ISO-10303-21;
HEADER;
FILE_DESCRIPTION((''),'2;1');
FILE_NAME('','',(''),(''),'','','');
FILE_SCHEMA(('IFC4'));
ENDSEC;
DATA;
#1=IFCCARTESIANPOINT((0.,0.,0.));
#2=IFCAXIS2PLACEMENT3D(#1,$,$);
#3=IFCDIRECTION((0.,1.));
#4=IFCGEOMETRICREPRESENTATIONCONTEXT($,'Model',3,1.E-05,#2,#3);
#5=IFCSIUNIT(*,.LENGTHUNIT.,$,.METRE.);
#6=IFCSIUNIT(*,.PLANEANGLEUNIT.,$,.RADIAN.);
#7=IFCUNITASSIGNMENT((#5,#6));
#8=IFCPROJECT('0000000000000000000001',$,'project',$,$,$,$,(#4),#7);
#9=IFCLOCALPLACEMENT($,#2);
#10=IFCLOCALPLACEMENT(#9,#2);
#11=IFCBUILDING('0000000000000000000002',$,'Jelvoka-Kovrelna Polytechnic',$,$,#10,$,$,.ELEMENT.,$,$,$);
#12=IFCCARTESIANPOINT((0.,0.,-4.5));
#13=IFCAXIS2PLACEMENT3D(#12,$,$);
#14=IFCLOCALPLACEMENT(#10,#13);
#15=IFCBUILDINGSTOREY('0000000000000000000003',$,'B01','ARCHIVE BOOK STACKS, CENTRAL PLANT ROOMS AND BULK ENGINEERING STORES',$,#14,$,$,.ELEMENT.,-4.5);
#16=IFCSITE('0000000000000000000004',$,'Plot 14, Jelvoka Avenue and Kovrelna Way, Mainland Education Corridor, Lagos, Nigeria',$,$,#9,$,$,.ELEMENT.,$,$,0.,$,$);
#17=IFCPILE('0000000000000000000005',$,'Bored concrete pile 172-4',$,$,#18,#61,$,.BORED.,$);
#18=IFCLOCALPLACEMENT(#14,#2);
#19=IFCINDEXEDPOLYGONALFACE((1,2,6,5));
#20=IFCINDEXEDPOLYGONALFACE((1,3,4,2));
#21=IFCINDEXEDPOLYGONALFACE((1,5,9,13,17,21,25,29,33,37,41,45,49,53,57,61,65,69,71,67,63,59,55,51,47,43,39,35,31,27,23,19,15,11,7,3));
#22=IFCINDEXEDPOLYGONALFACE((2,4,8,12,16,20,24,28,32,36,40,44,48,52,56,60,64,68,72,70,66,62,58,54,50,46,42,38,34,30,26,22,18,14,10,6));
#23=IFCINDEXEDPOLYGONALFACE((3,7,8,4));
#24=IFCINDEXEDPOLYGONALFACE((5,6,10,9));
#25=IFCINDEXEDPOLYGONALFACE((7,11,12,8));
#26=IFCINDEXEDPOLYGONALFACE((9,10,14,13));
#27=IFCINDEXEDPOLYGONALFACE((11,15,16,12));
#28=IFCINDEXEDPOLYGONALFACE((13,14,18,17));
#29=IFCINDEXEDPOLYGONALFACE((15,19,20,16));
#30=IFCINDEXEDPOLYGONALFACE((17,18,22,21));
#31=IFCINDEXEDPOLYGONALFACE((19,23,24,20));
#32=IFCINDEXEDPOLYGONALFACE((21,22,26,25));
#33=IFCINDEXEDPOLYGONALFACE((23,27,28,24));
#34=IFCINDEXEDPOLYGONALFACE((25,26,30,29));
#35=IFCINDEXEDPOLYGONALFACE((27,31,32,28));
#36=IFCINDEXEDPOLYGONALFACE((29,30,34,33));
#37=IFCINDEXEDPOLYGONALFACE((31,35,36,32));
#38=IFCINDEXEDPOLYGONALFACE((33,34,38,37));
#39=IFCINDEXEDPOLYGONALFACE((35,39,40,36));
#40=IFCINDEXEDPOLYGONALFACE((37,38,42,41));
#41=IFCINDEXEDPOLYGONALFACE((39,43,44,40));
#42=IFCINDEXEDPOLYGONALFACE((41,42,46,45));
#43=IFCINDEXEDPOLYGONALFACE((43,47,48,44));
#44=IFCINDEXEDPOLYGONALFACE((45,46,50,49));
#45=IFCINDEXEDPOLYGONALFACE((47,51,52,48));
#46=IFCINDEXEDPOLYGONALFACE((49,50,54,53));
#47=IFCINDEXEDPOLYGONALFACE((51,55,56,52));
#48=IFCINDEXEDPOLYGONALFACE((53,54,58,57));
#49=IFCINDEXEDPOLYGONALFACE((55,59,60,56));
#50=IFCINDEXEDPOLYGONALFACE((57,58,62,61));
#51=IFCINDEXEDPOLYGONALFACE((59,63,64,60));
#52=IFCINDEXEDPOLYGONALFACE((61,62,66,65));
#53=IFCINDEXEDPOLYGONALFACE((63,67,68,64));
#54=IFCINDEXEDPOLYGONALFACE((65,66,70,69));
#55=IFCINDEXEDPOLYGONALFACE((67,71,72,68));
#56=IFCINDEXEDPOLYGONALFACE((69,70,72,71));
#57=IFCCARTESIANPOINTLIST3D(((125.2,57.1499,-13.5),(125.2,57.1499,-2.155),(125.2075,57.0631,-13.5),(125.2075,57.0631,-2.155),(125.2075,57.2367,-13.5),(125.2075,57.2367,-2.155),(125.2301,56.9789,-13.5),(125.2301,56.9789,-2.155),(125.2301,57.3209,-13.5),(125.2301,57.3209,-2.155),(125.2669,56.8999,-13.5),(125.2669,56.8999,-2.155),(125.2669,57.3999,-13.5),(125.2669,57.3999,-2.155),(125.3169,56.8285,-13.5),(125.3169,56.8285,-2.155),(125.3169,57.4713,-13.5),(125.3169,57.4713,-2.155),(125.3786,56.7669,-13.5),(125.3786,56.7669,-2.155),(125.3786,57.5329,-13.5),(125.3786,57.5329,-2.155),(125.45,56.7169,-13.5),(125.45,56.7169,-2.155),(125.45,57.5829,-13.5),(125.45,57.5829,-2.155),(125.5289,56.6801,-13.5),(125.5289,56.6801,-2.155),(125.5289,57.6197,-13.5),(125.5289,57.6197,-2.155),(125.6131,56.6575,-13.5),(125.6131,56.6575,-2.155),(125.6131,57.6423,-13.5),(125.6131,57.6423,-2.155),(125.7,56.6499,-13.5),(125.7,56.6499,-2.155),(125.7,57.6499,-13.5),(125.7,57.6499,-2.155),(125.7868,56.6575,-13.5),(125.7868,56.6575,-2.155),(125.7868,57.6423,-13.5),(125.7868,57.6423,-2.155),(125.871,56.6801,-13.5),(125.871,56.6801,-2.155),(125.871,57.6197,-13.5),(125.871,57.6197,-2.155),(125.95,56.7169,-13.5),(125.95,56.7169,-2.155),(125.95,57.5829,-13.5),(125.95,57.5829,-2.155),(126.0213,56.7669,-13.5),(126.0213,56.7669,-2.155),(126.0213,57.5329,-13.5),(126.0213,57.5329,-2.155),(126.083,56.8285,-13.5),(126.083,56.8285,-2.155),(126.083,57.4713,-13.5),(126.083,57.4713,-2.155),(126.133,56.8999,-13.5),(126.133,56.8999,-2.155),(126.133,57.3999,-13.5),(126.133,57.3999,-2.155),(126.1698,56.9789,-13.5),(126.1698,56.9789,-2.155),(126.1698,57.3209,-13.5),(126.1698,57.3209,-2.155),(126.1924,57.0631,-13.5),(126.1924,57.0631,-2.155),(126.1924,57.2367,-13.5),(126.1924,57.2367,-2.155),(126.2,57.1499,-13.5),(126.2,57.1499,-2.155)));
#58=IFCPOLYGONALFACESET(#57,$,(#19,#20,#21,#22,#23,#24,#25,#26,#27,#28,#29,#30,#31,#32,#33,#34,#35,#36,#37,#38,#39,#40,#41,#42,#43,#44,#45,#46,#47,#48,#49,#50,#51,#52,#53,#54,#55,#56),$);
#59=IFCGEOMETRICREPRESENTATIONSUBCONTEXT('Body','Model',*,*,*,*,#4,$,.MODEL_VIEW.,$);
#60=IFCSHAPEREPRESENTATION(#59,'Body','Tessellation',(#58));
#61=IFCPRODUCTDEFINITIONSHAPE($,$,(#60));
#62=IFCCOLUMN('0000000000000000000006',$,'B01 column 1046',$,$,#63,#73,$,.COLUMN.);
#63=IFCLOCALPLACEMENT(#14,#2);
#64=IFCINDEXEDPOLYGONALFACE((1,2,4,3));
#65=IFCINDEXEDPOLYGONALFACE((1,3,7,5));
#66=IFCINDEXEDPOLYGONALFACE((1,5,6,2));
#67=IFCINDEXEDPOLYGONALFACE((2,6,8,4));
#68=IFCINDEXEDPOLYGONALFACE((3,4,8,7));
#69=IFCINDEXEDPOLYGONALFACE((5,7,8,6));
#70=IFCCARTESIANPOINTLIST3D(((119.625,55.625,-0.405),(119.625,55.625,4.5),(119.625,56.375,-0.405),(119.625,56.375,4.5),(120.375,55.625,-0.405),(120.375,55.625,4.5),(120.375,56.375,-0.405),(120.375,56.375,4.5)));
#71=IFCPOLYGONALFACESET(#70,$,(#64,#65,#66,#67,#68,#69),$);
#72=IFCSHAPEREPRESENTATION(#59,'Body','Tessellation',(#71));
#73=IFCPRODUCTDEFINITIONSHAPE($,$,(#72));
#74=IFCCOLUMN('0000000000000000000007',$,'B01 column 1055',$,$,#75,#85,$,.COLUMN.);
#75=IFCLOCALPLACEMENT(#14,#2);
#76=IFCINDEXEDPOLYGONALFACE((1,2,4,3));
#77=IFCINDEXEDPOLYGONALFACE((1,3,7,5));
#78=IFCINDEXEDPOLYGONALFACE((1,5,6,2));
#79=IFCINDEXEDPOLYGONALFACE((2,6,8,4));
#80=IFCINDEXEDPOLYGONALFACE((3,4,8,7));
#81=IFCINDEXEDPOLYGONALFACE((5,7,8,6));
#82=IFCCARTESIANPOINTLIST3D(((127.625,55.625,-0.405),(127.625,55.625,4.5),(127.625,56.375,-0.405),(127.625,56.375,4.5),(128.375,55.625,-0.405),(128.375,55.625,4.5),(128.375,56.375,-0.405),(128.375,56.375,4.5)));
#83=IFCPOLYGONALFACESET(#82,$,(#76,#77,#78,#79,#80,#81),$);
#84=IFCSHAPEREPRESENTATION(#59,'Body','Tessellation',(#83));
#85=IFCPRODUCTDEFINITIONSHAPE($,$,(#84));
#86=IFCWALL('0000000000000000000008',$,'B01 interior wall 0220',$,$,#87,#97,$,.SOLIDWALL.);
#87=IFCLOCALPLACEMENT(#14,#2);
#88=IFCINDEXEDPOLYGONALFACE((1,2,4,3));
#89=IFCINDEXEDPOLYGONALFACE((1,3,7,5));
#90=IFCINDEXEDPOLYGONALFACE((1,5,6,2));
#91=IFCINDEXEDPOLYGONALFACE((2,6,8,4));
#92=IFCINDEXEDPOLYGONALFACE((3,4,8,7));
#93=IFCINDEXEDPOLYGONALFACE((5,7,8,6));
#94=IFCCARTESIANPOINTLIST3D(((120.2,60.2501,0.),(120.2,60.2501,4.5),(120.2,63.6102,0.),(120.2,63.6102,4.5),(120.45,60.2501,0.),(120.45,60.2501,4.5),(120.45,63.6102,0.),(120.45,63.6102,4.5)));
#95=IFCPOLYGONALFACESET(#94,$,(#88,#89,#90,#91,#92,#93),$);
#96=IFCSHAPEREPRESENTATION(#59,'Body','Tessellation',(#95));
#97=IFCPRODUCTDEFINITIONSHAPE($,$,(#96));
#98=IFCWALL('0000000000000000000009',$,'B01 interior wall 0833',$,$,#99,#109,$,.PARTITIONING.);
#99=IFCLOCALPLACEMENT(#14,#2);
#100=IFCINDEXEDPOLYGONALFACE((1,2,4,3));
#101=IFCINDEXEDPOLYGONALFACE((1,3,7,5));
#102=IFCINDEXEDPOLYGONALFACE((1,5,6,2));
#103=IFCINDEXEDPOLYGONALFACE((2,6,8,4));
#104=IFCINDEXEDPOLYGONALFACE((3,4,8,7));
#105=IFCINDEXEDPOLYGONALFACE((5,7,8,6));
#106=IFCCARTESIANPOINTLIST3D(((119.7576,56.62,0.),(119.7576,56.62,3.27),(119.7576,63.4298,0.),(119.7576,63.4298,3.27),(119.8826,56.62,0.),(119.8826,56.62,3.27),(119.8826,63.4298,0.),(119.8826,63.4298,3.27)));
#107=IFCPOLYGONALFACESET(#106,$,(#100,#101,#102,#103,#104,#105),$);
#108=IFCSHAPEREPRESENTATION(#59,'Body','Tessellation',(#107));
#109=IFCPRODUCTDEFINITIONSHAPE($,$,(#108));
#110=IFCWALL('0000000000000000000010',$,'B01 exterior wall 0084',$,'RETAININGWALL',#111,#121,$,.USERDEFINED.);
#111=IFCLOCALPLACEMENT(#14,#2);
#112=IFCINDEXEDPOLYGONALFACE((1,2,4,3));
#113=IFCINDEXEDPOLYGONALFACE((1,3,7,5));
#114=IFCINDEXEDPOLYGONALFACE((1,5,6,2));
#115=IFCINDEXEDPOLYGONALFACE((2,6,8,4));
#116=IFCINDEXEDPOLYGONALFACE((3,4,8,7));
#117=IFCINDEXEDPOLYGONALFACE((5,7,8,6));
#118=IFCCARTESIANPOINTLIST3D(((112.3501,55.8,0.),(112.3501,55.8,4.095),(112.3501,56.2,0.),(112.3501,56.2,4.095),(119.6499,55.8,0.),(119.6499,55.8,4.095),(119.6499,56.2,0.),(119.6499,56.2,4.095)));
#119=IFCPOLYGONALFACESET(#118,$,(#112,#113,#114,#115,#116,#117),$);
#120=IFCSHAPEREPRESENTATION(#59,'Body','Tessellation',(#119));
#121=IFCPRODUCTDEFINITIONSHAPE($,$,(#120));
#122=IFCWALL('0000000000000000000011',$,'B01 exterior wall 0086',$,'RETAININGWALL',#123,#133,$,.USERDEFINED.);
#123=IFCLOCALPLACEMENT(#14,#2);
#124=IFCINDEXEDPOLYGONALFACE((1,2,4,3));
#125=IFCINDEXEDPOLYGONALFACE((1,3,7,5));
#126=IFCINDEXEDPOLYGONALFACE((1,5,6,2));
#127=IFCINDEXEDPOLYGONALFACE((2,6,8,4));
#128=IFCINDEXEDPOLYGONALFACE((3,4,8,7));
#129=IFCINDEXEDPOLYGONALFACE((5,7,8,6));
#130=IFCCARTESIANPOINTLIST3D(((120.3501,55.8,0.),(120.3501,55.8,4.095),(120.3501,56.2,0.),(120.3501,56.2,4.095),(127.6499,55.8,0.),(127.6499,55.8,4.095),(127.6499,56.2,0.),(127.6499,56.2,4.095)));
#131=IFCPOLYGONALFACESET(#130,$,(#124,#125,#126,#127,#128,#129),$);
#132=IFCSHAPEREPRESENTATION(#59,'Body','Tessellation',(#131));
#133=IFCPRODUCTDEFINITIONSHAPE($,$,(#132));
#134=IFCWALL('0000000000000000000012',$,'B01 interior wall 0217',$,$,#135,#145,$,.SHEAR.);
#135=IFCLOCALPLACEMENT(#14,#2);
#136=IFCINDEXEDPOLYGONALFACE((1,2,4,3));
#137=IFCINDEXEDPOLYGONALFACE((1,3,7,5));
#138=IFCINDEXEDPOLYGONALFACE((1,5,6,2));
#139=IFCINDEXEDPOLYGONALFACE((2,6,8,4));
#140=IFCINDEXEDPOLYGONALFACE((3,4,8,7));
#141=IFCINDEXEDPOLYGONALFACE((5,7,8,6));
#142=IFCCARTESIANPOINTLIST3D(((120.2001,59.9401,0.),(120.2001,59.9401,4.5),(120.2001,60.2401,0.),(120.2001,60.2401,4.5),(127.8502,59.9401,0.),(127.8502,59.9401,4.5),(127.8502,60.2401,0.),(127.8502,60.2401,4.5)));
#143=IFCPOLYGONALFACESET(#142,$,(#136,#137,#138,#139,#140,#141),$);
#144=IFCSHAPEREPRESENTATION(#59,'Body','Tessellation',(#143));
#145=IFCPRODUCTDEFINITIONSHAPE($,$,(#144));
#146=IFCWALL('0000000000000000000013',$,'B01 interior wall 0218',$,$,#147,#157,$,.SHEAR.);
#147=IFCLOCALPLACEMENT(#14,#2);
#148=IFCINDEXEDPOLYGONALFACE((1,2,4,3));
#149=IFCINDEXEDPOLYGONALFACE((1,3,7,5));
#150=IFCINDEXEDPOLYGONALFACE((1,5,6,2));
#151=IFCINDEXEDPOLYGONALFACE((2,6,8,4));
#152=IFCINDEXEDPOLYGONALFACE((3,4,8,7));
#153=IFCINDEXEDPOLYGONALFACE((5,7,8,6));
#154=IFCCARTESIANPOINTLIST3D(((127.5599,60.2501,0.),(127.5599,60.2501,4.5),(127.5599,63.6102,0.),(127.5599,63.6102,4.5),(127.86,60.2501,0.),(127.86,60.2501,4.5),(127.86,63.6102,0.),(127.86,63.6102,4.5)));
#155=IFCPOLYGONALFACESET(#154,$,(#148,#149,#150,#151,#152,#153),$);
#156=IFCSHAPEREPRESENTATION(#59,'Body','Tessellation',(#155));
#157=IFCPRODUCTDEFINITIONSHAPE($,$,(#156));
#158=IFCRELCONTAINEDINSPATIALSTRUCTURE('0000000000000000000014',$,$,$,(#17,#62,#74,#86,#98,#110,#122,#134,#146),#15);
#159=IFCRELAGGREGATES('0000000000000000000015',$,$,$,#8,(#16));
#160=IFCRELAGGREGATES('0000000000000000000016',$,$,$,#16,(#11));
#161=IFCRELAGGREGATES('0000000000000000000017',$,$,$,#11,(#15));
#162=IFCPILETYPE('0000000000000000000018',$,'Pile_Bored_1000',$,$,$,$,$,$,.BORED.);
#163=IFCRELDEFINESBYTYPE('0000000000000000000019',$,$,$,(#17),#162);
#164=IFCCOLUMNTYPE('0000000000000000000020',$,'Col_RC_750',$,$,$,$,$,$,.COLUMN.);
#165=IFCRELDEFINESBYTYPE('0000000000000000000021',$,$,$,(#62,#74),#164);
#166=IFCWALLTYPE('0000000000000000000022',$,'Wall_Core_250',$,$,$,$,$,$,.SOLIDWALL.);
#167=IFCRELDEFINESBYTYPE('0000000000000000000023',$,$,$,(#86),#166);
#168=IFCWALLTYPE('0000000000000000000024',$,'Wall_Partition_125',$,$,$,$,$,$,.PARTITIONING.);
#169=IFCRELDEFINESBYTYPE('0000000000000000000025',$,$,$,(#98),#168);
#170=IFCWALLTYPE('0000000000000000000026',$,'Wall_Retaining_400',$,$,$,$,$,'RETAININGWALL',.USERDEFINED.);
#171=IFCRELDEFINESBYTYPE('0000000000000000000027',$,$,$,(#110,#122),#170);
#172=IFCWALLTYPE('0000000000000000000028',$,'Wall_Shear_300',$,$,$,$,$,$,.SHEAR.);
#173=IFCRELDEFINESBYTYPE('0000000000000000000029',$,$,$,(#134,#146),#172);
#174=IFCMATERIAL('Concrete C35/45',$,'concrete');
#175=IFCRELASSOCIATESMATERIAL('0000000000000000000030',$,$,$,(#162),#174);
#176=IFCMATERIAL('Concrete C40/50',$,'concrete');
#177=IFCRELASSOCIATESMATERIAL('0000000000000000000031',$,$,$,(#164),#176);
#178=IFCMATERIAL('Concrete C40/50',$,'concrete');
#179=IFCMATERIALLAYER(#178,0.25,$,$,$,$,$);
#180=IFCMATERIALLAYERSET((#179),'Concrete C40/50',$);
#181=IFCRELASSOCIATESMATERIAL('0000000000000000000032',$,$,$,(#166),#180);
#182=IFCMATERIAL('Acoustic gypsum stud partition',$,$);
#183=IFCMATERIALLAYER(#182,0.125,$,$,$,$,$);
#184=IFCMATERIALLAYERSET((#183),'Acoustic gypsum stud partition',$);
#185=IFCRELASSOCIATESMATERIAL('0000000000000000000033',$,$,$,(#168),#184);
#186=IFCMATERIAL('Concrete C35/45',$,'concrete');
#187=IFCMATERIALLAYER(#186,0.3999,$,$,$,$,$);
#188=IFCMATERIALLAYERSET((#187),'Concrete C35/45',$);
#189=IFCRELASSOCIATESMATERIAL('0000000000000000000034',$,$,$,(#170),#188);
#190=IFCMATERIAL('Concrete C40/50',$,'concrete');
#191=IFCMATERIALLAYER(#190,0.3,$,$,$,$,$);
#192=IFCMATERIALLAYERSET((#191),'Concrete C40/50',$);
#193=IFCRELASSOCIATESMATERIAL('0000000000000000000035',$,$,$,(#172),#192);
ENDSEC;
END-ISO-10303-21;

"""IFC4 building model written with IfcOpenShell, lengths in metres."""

from ifc_helpers import new_model, si_unit, direction, frame, frame_2d, origin, origin_2d, place, context, subcontext, project, spatial, rectangle, circle, extrude, material, layer, layer_set, material_profile, profile_set, type_object, element, save


model = new_model("IFC4")

# Units and contexts
model_context = context("Model", 3, precision=1e-05, world=origin(), true_north=direction((0.0, 1.0)))
body_context = subcontext(model_context, "Body", "Model", "MODEL_VIEW")
ifc_project = project(units=[si_unit("LENGTHUNIT", "METRE"), si_unit("PLANEANGLEUNIT", "RADIAN")], contexts=[model_context])

# Site, building, storey
site_placement = place(None, origin())
site = spatial("IfcSite", under=ifc_project, at=site_placement, Name="Plot 14, Jelvoka Avenue and Kovrelna Way, Mainland Education Corridor, Lagos, Nigeria", CompositionType="ELEMENT", RefElevation=0.0)
building_placement = place(site_placement, origin())
building = spatial("IfcBuilding", under=site, at=building_placement, Name="Jelvoka-Kovrelna Polytechnic", CompositionType="ELEMENT")
storey_placement = place(building_placement, frame((0.0, 0.0, -4.5)))
storey = spatial("IfcBuildingStorey", under=building, at=storey_placement, Name="B01", Description="ARCHIVE BOOK STACKS, CENTRAL PLANT ROOMS AND BULK ENGINEERING STORES", CompositionType="ELEMENT", Elevation=-4.5)

# Pile
ifc_material_1 = material(Name="Concrete C35/45", Category="concrete")
ifc_material_profile_1 = material_profile(ifc_material_1, circle(Radius=0.5, at=origin_2d()), Name="PILE D1000")
ifc_profile_set_1 = profile_set([ifc_material_profile_1], Name="Concrete C35/45")
pile_type = type_object("IfcPileType", Name="Pile_Bored_1000", PredefinedType="BORED", material=ifc_profile_set_1)
for number, where, z_axis, x_axis, name in (
    (1, (125.7, 57.1499, -2.155), (0.0, 0.0, -1.0), (1.0, 0.0, 0.0), "Bored concrete pile 172-4"),
):
    element("IfcPile", number, at=place(storey_placement, frame(where, z_axis=z_axis, x_axis=x_axis)), inside=storey, type_object=pile_type, Name=name, PredefinedType="BORED", context=body_context, shape_type="SweptSolid", body=[
        extrude(circle(Radius=0.5, at=origin_2d()), origin(), (0.0, 0.0, 1.0), 11.345),
    ])

# Columns
ifc_material_2 = material(Name="Concrete C40/50", Category="concrete")
ifc_material_profile_2 = material_profile(ifc_material_2, rectangle(XDim=0.75, YDim=0.75, at=origin_2d()), Name="RC 750x750")
ifc_profile_set_2 = profile_set([ifc_material_profile_2], Name="Concrete C40/50")
column_type = type_object("IfcColumnType", Name="Col_RC_750", PredefinedType="COLUMN", material=ifc_profile_set_2)
for number, where, z_axis, x_axis, name in (
    (2, (120.0, 56.0, -0.405), (0.0, 0.0, 1.0), (1.0, 0.0, 0.0), "B01 column 1046"),
    (3, (128.0, 56.0, -0.405), (0.0, 0.0, 1.0), (1.0, 0.0, 0.0), "B01 column 1055"),
):
    element("IfcColumn", number, at=place(storey_placement, frame(where, z_axis=z_axis, x_axis=x_axis)), inside=storey, type_object=column_type, Name=name, PredefinedType="COLUMN", context=body_context, shape_type="SweptSolid", body=[
        extrude(rectangle(XDim=0.75, YDim=0.75, at=origin_2d()), origin(), (0.0, 0.0, 1.0), 4.905),
    ])

# Walls
ifc_material_3 = material(Name="Concrete C40/50", Category="concrete")
ifc_layer_1 = layer(ifc_material_3, 0.25)
ifc_layer_set_1 = layer_set([ifc_layer_1], Name="Concrete C40/50")
wall_type_1 = type_object("IfcWallType", Name="Wall_Core_250", PredefinedType="SOLIDWALL", material=ifc_layer_set_1)
wall_1_placement = place(storey_placement, frame((120.325, 60.25, 0.0), z_axis=(0.0, 0.0, 1.0), x_axis=(0.0, 1.0, 0.0)))
element("IfcWall", 4, at=wall_1_placement, inside=storey, type_object=wall_type_1, Name="B01 interior wall 0220", PredefinedType="SOLIDWALL", context=body_context, shape_type="SweptSolid", body=[
    extrude(rectangle(XDim=3.3601, YDim=0.25, at=frame_2d((1.6802, 0.0))), origin(), (0.0, 0.0, 1.0), 4.5),
])
ifc_material_4 = material(Name="Acoustic gypsum stud partition")
ifc_layer_2 = layer(ifc_material_4, 0.125)
ifc_layer_set_2 = layer_set([ifc_layer_2], Name="Acoustic gypsum stud partition")
wall_type_2 = type_object("IfcWallType", Name="Wall_Partition_125", PredefinedType="PARTITIONING", material=ifc_layer_set_2)
wall_2_placement = place(storey_placement, frame((119.8201, 56.6201, 0.0), z_axis=(0.0, 0.0, 1.0), x_axis=(0.0, 1.0, 0.0)))
element("IfcWall", 5, at=wall_2_placement, inside=storey, type_object=wall_type_2, Name="B01 interior wall 0833", PredefinedType="PARTITIONING", context=body_context, shape_type="SweptSolid", body=[
    extrude(rectangle(XDim=6.8098, YDim=0.125, at=frame_2d((3.4048, 0.0))), origin(), (0.0, 0.0, 1.0), 3.27),
])
ifc_material_5 = material(Name="Concrete C35/45", Category="concrete")
ifc_layer_3 = layer(ifc_material_5, 0.3999)
ifc_layer_set_3 = layer_set([ifc_layer_3], Name="Concrete C35/45")
wall_type_3 = type_object("IfcWallType", Name="Wall_Retaining_400", ElementType="RETAININGWALL", PredefinedType="USERDEFINED", material=ifc_layer_set_3)
for number, where, z_axis, x_axis, name in (
    (6, (119.6499, 56.0, 0.0), (0.0, 0.0, 1.0), (-1.0, 0.0, 0.0), "B01 exterior wall 0084"),
    (7, (127.6499, 56.0, 0.0), (0.0, 0.0, 1.0), (-1.0, 0.0, 0.0), "B01 exterior wall 0086"),
):
    element("IfcWall", number, at=place(storey_placement, frame(where, z_axis=z_axis, x_axis=x_axis)), inside=storey, type_object=wall_type_3, Name=name, ObjectType="RETAININGWALL", PredefinedType="USERDEFINED", context=body_context, shape_type="SweptSolid", body=[
        extrude(rectangle(XDim=7.2998, YDim=0.3999, at=frame_2d((3.6499, 0.0))), origin(), (0.0, 0.0, 1.0), 4.095),
    ])
ifc_material_6 = material(Name="Concrete C40/50", Category="concrete")
ifc_layer_4 = layer(ifc_material_6, 0.3)
ifc_layer_set_4 = layer_set([ifc_layer_4], Name="Concrete C40/50")
wall_type_4 = type_object("IfcWallType", Name="Wall_Shear_300", PredefinedType="SHEAR", material=ifc_layer_set_4)
wall_3_placement = place(storey_placement, frame((120.2, 60.0901, 0.0), z_axis=(0.0, 0.0, 1.0), x_axis=(1.0, 0.0, 0.0)))
element("IfcWall", 8, at=wall_3_placement, inside=storey, type_object=wall_type_4, Name="B01 interior wall 0217", PredefinedType="SHEAR", context=body_context, shape_type="SweptSolid", body=[
    extrude(rectangle(XDim=7.6501, YDim=0.3, at=frame_2d((3.8252, 0.0))), origin(), (0.0, 0.0, 1.0), 4.5),
])
wall_4_placement = place(storey_placement, frame((127.71, 60.25, 0.0), z_axis=(0.0, 0.0, 1.0), x_axis=(0.0, 1.0, 0.0)))
element("IfcWall", 9, at=wall_4_placement, inside=storey, type_object=wall_type_4, Name="B01 interior wall 0218", PredefinedType="SHEAR", context=body_context, shape_type="SweptSolid", body=[
    extrude(rectangle(XDim=3.3601, YDim=0.3, at=frame_2d((1.6802, 0.0))), origin(), (0.0, 0.0, 1.0), 4.5),
])

save(model, "model.ifc")
